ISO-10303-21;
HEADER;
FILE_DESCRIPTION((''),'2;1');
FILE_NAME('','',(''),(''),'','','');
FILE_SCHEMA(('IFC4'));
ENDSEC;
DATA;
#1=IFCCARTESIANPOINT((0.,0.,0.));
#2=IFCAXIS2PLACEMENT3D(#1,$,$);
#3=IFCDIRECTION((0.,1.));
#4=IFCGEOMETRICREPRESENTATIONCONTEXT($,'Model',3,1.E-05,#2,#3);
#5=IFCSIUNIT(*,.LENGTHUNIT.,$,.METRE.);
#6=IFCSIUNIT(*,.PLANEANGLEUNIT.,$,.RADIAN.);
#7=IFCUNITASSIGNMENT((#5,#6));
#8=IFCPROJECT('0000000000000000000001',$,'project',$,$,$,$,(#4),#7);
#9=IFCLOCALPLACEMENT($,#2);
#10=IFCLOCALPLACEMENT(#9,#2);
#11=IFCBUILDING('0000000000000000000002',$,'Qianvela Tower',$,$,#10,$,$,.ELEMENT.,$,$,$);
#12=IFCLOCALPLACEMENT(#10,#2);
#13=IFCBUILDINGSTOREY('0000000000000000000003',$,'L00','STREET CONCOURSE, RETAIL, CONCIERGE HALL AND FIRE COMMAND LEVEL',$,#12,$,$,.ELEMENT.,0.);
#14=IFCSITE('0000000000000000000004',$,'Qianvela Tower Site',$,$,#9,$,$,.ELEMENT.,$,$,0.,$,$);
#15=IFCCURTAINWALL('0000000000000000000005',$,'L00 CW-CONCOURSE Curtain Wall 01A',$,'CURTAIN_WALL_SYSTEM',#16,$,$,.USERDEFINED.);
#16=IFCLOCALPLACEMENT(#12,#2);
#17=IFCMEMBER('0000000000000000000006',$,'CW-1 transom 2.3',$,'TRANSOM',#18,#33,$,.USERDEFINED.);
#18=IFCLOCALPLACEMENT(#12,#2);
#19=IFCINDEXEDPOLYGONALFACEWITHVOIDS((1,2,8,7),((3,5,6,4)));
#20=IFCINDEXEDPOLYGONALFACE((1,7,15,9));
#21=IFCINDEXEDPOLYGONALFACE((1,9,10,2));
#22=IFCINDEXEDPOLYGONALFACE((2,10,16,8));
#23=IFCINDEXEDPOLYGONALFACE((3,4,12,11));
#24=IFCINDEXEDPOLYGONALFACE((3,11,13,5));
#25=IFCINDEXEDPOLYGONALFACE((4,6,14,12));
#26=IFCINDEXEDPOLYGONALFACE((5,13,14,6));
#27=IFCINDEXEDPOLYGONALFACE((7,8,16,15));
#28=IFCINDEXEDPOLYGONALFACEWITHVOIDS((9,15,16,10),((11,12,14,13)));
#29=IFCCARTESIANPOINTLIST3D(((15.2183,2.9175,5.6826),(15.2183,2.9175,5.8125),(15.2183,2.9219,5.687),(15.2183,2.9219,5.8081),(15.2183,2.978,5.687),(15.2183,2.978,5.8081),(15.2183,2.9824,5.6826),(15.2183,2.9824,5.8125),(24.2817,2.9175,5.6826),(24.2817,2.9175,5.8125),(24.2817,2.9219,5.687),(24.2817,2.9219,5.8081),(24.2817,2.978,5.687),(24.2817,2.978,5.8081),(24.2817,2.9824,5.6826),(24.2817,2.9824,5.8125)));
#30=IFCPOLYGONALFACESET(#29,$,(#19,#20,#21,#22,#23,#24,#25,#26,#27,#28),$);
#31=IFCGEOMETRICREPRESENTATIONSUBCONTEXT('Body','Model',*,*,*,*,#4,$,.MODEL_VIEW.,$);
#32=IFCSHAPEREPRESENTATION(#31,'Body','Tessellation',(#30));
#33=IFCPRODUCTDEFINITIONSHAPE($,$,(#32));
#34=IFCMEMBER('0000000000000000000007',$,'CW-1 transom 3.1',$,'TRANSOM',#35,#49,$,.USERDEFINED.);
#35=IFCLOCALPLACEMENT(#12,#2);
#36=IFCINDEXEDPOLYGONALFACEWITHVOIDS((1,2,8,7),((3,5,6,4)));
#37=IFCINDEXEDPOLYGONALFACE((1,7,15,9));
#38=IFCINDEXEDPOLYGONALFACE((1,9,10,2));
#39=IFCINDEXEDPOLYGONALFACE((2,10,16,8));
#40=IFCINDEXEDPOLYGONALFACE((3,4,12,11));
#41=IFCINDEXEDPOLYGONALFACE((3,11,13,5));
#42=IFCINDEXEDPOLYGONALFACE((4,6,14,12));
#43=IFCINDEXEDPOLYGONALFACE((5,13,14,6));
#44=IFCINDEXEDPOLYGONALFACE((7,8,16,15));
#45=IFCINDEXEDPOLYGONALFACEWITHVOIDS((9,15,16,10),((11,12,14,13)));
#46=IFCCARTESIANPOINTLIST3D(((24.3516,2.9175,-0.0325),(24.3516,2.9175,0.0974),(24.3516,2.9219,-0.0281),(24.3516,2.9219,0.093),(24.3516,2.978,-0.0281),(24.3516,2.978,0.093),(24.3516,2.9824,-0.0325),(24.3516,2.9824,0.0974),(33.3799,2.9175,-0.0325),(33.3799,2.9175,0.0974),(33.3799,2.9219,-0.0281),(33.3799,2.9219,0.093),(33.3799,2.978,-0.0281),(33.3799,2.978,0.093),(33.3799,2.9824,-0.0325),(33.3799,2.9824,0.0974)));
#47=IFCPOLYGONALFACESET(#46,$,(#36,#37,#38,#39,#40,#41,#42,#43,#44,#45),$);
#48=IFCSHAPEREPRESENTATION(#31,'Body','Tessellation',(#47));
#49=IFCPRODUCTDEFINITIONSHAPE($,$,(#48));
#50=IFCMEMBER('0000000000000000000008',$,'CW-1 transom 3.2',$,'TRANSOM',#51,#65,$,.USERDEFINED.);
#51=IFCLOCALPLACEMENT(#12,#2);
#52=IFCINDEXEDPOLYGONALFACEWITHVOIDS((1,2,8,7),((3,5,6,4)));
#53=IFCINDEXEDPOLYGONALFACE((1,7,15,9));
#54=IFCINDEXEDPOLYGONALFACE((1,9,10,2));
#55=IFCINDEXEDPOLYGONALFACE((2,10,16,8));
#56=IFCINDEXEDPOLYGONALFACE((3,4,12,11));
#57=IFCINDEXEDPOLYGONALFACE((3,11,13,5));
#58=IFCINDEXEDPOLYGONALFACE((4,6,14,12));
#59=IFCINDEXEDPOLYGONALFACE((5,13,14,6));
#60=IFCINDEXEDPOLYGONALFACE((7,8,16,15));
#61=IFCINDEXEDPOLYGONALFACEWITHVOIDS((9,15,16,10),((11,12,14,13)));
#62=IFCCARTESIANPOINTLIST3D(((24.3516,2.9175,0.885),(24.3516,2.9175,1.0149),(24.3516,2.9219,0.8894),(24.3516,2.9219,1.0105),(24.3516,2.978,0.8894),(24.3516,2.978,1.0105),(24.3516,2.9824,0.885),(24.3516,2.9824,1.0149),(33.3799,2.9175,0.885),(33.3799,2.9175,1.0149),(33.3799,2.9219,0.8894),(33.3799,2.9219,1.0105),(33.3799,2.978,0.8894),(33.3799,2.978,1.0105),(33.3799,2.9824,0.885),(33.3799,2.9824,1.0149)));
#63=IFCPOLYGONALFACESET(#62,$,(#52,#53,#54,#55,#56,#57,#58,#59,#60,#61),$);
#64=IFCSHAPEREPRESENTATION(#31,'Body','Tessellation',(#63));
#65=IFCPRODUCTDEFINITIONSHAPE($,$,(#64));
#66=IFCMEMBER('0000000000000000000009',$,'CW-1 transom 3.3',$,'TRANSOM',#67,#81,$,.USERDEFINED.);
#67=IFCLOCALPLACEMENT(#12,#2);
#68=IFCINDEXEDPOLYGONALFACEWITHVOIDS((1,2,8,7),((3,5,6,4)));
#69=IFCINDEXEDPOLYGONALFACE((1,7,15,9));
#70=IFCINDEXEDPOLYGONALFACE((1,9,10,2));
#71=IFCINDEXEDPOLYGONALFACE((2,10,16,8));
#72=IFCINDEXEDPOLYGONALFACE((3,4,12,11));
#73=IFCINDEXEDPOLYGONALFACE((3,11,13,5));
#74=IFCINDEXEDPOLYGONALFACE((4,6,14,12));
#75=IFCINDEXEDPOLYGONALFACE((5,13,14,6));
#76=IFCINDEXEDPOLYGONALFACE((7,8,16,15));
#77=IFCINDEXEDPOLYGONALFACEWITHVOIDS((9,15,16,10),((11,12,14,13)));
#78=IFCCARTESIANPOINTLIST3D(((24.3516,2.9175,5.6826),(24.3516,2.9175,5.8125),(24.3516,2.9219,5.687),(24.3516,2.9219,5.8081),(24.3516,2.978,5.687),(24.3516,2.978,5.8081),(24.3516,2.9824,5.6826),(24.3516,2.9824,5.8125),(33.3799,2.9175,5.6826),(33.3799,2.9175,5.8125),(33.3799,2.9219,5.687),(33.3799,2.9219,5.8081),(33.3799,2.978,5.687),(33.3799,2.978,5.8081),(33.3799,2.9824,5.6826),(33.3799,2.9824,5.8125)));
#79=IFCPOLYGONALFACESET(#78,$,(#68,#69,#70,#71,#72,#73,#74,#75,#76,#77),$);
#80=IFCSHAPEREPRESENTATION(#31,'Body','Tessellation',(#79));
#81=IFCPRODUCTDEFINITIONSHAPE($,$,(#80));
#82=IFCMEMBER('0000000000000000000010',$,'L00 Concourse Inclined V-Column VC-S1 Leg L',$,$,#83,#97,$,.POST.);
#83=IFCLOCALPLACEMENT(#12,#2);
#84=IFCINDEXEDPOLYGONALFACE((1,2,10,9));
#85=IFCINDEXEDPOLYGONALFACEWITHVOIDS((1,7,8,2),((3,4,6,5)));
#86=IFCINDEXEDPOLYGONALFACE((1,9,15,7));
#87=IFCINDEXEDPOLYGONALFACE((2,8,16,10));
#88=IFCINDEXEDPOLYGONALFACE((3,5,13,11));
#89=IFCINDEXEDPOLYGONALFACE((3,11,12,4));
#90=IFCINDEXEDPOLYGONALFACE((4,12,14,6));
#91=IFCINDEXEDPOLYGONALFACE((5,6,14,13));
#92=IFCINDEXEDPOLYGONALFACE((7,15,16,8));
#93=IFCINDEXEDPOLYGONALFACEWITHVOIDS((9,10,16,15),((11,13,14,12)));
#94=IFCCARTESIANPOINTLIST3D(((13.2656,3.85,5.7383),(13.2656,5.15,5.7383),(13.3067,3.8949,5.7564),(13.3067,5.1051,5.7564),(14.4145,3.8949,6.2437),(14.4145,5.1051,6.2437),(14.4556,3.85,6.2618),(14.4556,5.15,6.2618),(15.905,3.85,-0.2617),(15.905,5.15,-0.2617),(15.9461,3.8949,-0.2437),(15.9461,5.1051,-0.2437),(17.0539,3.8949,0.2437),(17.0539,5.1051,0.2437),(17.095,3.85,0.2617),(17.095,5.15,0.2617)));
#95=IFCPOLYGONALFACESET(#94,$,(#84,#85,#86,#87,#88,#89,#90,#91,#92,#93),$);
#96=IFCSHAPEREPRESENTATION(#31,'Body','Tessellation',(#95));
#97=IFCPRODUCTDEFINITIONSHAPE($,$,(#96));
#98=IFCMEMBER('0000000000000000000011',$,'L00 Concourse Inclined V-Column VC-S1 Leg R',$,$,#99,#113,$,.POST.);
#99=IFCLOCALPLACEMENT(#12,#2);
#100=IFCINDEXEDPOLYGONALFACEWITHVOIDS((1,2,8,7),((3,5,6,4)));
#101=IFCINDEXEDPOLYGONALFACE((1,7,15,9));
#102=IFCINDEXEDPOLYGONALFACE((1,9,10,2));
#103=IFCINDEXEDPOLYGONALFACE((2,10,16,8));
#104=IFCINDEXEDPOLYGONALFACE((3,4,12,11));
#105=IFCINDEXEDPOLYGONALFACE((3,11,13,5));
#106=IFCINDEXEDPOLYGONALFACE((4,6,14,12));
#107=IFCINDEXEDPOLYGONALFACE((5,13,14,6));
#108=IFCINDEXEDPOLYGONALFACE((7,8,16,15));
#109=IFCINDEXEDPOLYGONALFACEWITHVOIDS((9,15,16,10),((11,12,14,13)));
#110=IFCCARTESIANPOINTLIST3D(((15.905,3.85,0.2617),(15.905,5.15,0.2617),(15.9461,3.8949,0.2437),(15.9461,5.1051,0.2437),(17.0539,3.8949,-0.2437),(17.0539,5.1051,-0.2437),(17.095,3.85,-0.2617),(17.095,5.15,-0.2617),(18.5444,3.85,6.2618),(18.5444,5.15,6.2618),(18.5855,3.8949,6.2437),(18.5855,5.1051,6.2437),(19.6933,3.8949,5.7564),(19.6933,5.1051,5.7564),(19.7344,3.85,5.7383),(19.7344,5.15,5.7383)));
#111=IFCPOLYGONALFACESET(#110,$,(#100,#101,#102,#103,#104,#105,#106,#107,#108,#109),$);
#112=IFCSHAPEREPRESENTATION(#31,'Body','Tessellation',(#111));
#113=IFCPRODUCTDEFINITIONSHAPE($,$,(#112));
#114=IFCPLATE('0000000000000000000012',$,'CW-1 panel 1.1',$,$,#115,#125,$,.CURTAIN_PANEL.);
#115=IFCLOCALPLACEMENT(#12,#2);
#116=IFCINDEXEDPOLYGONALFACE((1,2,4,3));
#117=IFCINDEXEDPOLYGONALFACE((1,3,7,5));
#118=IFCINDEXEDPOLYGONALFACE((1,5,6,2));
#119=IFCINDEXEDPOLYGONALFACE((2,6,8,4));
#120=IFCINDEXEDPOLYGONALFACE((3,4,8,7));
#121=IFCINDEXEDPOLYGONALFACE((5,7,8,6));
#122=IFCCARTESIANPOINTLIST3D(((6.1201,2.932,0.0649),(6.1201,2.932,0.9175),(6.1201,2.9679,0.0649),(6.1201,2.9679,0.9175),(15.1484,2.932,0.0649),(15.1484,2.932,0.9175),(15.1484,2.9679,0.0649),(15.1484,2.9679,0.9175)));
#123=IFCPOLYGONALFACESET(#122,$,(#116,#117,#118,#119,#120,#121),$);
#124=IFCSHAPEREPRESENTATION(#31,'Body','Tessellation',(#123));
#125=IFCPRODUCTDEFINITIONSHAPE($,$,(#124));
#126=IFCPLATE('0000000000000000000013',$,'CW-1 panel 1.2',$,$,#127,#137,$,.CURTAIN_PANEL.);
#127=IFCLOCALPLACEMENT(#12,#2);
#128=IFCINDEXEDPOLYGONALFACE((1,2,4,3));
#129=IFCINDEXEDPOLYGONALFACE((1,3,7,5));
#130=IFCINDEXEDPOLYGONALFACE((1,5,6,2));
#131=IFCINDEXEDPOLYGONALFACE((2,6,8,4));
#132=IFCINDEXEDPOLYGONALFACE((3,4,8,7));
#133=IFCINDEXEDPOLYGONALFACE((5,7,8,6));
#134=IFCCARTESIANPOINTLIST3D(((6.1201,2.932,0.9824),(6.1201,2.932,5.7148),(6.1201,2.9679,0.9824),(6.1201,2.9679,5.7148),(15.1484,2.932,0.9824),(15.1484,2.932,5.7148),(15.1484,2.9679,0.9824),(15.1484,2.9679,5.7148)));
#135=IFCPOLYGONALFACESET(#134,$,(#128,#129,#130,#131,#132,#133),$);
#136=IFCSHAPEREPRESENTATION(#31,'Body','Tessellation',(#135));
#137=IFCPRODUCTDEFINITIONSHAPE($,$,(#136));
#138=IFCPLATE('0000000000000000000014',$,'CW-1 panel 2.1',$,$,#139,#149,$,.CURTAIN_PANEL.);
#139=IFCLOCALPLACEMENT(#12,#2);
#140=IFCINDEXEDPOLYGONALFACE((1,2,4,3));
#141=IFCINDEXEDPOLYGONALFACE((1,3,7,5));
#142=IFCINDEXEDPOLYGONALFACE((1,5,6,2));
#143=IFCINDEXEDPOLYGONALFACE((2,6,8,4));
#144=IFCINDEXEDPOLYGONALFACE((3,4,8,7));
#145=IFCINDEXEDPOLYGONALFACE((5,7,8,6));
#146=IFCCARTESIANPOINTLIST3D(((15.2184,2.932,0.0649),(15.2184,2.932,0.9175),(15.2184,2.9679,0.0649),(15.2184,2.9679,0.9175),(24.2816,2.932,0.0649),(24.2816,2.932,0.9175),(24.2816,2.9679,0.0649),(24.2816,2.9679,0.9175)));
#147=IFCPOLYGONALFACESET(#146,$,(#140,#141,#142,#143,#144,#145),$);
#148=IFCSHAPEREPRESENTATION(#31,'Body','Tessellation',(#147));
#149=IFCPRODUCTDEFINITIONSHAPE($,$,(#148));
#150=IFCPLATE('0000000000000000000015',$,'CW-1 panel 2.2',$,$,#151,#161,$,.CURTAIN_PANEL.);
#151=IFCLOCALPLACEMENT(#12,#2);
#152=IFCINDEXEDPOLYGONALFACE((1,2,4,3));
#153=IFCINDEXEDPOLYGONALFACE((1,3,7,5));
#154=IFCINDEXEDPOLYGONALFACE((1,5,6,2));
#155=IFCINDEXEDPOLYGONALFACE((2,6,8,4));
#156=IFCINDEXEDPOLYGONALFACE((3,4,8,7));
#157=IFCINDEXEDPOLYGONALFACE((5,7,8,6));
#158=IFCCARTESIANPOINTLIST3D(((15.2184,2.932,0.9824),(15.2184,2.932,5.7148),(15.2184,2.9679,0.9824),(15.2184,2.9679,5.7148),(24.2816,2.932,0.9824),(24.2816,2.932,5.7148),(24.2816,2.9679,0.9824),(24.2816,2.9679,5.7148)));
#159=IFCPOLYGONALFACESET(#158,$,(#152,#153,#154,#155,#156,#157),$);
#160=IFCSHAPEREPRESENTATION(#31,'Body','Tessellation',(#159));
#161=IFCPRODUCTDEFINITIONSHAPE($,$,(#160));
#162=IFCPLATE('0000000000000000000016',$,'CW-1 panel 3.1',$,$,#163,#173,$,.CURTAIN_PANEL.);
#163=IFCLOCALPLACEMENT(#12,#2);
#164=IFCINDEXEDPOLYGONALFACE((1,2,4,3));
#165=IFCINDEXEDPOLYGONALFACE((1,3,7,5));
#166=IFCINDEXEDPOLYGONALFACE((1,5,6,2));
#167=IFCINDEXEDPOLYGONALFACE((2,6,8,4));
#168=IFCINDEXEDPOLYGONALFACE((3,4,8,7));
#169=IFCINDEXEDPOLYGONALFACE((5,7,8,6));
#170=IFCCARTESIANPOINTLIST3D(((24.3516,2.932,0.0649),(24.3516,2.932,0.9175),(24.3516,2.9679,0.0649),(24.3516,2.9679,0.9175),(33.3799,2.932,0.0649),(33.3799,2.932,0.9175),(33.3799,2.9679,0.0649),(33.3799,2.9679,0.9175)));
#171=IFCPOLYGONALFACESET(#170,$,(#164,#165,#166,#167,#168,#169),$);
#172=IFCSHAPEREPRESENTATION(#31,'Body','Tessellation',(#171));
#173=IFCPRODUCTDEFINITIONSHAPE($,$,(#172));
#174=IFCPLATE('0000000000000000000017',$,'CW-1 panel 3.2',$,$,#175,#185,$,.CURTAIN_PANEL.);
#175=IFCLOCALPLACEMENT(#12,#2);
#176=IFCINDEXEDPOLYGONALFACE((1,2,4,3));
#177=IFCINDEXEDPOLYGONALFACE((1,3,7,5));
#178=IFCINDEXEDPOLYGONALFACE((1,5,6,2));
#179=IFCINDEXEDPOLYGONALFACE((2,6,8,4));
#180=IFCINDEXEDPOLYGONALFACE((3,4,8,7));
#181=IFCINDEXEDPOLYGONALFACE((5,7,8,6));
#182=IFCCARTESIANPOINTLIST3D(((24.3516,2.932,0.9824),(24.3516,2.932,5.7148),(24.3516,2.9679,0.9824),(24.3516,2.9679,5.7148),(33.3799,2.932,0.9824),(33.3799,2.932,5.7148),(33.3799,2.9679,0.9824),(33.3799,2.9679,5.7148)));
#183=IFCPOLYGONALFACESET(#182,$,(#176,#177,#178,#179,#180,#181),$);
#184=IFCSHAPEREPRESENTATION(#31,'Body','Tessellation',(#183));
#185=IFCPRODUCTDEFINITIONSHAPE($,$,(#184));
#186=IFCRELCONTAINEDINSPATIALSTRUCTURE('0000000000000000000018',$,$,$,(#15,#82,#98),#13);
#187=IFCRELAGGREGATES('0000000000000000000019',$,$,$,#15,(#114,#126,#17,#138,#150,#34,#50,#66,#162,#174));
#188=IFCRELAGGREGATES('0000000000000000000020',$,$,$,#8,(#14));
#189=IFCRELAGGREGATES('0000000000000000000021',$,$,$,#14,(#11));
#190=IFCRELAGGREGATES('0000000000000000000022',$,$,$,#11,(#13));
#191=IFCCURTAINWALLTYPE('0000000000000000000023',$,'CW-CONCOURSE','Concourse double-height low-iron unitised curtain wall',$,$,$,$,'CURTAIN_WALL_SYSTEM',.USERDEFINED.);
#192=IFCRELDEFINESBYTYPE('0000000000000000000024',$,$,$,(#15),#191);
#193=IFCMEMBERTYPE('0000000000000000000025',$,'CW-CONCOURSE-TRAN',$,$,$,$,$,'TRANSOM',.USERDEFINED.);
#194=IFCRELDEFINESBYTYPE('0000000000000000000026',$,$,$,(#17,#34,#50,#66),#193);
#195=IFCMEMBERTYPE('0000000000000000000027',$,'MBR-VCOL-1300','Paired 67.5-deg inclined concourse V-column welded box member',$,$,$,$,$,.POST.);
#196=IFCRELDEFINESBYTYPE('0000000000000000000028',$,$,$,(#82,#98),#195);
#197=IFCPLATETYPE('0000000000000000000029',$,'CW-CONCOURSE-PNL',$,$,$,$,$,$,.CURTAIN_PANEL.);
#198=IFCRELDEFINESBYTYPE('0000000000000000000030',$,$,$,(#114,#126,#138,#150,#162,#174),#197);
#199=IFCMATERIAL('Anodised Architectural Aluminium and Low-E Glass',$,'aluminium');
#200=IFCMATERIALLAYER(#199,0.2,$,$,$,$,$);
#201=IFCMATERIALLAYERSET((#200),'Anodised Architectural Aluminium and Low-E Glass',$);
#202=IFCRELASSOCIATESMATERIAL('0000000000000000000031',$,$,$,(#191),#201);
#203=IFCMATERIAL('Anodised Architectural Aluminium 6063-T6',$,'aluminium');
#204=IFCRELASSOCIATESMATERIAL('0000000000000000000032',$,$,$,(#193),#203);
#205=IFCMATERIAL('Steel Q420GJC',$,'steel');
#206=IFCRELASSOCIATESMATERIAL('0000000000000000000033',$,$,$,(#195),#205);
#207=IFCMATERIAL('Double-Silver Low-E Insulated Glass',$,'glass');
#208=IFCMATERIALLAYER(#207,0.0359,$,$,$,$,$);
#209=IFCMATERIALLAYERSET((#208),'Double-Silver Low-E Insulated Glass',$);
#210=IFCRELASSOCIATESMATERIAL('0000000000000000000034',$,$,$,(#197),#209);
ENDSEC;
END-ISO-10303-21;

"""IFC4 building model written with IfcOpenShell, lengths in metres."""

from ifc_helpers import new_model, si_unit, direction, frame, origin, origin_2d, place, context, subcontext, project, spatial, rectangle, hollow_rectangle, extrude, material, layer, layer_set, material_profile, profile_set, type_object, element, aggregate, save


model = new_model("IFC4")

# Units and contexts
model_context = context("Model", 3, precision=1e-05, world=origin(), true_north=direction((0.0, 1.0)))
body_context = subcontext(model_context, "Body", "Model", "MODEL_VIEW")
ifc_project = project(units=[si_unit("LENGTHUNIT", "METRE"), si_unit("PLANEANGLEUNIT", "RADIAN")], contexts=[model_context])

# Site, building, storey
site_placement = place(None, origin())
site = spatial("IfcSite", under=ifc_project, at=site_placement, Name="Qianvela Tower Site", CompositionType="ELEMENT", RefElevation=0.0)
building_placement = place(site_placement, origin())
building = spatial("IfcBuilding", under=site, at=building_placement, Name="Qianvela Tower", CompositionType="ELEMENT")
storey_placement = place(building_placement, origin())
storey = spatial("IfcBuildingStorey", under=building, at=storey_placement, Name="L00", Description="STREET CONCOURSE, RETAIL, CONCIERGE HALL AND FIRE COMMAND LEVEL", CompositionType="ELEMENT", Elevation=0.0)

# Curtain wall, members
ifc_material_1 = material(Name="Anodised Architectural Aluminium and Low-E Glass", Category="aluminium")
ifc_layer_1 = layer(ifc_material_1, 0.2)
ifc_layer_set_1 = layer_set([ifc_layer_1], Name="Anodised Architectural Aluminium and Low-E Glass")
curtain_wall_type = type_object("IfcCurtainWallType", Name="CW-CONCOURSE", Description="Concourse double-height low-iron unitised curtain wall", ElementType="CURTAIN_WALL_SYSTEM", PredefinedType="USERDEFINED", material=ifc_layer_set_1)
curtain_wall_placement = place(storey_placement, origin())
curtain_wall = element("IfcCurtainWall", 1, at=curtain_wall_placement, inside=storey, type_object=curtain_wall_type, Name="L00 CW-CONCOURSE Curtain Wall 01A", ObjectType="CURTAIN_WALL_SYSTEM", PredefinedType="USERDEFINED")
ifc_material_2 = material(Name="Anodised Architectural Aluminium 6063-T6", Category="aluminium")
ifc_material_profile_1 = material_profile(ifc_material_2, hollow_rectangle(XDim=0.0649, YDim=0.1299, WallThickness=0.0044, at=origin_2d()), Name="ALU-TRAN-65x130")
ifc_profile_set_1 = profile_set([ifc_material_profile_1], Name="Anodised Architectural Aluminium 6063-T6")
member_type_1 = type_object("IfcMemberType", Name="CW-CONCOURSE-TRAN", ElementType="TRANSOM", PredefinedType="USERDEFINED", material=ifc_profile_set_1)
member_1_placement = place(storey_placement, frame((15.2183, 2.95, 5.7476), z_axis=(1.0, 0.0, 0.0), x_axis=(0.0, 1.0, 0.0)))
member_1 = element("IfcMember", 2, at=member_1_placement, type_object=member_type_1, Name="CW-1 transom 2.3", ObjectType="TRANSOM", PredefinedType="USERDEFINED", context=body_context, shape_type="SweptSolid", body=[
    extrude(hollow_rectangle(XDim=0.0649, YDim=0.1299, WallThickness=0.0044, at=origin_2d()), origin(), (0.0, 0.0, 1.0), 9.0635),
])
member_2_placement = place(storey_placement, frame((24.3516, 2.95, 0.0325), z_axis=(1.0, 0.0, 0.0), x_axis=(0.0, 1.0, 0.0)))
member_2 = element("IfcMember", 3, at=member_2_placement, type_object=member_type_1, Name="CW-1 transom 3.1", ObjectType="TRANSOM", PredefinedType="USERDEFINED", context=body_context, shape_type="SweptSolid", body=[
    extrude(hollow_rectangle(XDim=0.0649, YDim=0.1299, WallThickness=0.0044, at=origin_2d()), origin(), (0.0, 0.0, 1.0), 9.0283),
])
member_3_placement = place(storey_placement, frame((24.3516, 2.95, 0.95), z_axis=(1.0, 0.0, 0.0), x_axis=(0.0, 1.0, 0.0)))
member_3 = element("IfcMember", 4, at=member_3_placement, type_object=member_type_1, Name="CW-1 transom 3.2", ObjectType="TRANSOM", PredefinedType="USERDEFINED", context=body_context, shape_type="SweptSolid", body=[
    extrude(hollow_rectangle(XDim=0.0649, YDim=0.1299, WallThickness=0.0044, at=origin_2d()), origin(), (0.0, 0.0, 1.0), 9.0283),
])
member_4_placement = place(storey_placement, frame((24.3516, 2.95, 5.7476), z_axis=(1.0, 0.0, 0.0), x_axis=(0.0, 1.0, 0.0)))
member_4 = element("IfcMember", 5, at=member_4_placement, type_object=member_type_1, Name="CW-1 transom 3.3", ObjectType="TRANSOM", PredefinedType="USERDEFINED", context=body_context, shape_type="SweptSolid", body=[
    extrude(hollow_rectangle(XDim=0.0649, YDim=0.1299, WallThickness=0.0044, at=origin_2d()), origin(), (0.0, 0.0, 1.0), 9.0283),
])

# Members
ifc_material_3 = material(Name="Steel Q420GJC", Category="steel")
ifc_material_profile_2 = material_profile(ifc_material_3, hollow_rectangle(XDim=1.3, YDim=1.3, WallThickness=0.0449, at=origin_2d()), Name="VBOX-1300x1300x45")
ifc_profile_set_2 = profile_set([ifc_material_profile_2], Name="Steel Q420GJC")
member_type_2 = type_object("IfcMemberType", Name="MBR-VCOL-1300", Description="Paired 67.5-deg inclined concourse V-column welded box member", PredefinedType="POST", material=ifc_profile_set_2)
for number, where, z_axis, x_axis, name in (
    (6, (16.5, 4.5, 0.0), (-0.402662, 0.0, 0.915349), (0.0, -1.0, 0.0), "L00 Concourse Inclined V-Column VC-S1 Leg L"),
    (7, (16.5, 4.5, 0.0), (0.402662, 0.0, 0.915349), (0.0, 1.0, 0.0), "L00 Concourse Inclined V-Column VC-S1 Leg R"),
):
    element("IfcMember", number, at=place(storey_placement, frame(where, z_axis=z_axis, x_axis=x_axis)), inside=storey, type_object=member_type_2, Name=name, PredefinedType="POST", context=body_context, shape_type="SweptSolid", body=[
        extrude(hollow_rectangle(XDim=1.3, YDim=1.3, WallThickness=0.0449, at=origin_2d()), origin(), (0.0, 0.0, 1.0), 6.5549),
    ])

# Plates
ifc_material_4 = material(Name="Double-Silver Low-E Insulated Glass", Category="glass")
ifc_layer_2 = layer(ifc_material_4, 0.0359)
ifc_layer_set_2 = layer_set([ifc_layer_2], Name="Double-Silver Low-E Insulated Glass")
plate_type_1 = type_object("IfcPlateType", Name="CW-CONCOURSE-PNL", PredefinedType="CURTAIN_PANEL", material=ifc_layer_set_2)
plate_1_placement = place(storey_placement, frame((10.6343, 2.95, 0.0649), z_axis=(0.0, 0.0, 1.0), x_axis=(1.0, 0.0, 0.0)))
plate_1 = element("IfcPlate", 8, at=plate_1_placement, type_object=plate_type_1, Name="CW-1 panel 1.1", PredefinedType="CURTAIN_PANEL", context=body_context, shape_type="SweptSolid", body=[
    extrude(rectangle(XDim=9.0283, YDim=0.0359, at=origin_2d()), origin(), (0.0, 0.0, 1.0), 0.8525),
])
plate_2_placement = place(storey_placement, frame((10.6343, 2.95, 0.9824), z_axis=(0.0, 0.0, 1.0), x_axis=(1.0, 0.0, 0.0)))
plate_2 = element("IfcPlate", 9, at=plate_2_placement, type_object=plate_type_1, Name="CW-1 panel 1.2", PredefinedType="CURTAIN_PANEL", context=body_context, shape_type="SweptSolid", body=[
    extrude(rectangle(XDim=9.0283, YDim=0.0359, at=origin_2d()), origin(), (0.0, 0.0, 1.0), 4.7324),
])
plate_3_placement = place(storey_placement, frame((19.75, 2.95, 0.0649), z_axis=(0.0, 0.0, 1.0), x_axis=(1.0, 0.0, 0.0)))
plate_3 = element("IfcPlate", 10, at=plate_3_placement, type_object=plate_type_1, Name="CW-1 panel 2.1", PredefinedType="CURTAIN_PANEL", context=body_context, shape_type="SweptSolid", body=[
    extrude(rectangle(XDim=9.0632, YDim=0.0359, at=origin_2d()), origin(), (0.0, 0.0, 1.0), 0.8525),
])
plate_4_placement = place(storey_placement, frame((19.75, 2.95, 0.9824), z_axis=(0.0, 0.0, 1.0), x_axis=(1.0, 0.0, 0.0)))
plate_4 = element("IfcPlate", 11, at=plate_4_placement, type_object=plate_type_1, Name="CW-1 panel 2.2", PredefinedType="CURTAIN_PANEL", context=body_context, shape_type="SweptSolid", body=[
    extrude(rectangle(XDim=9.0632, YDim=0.0359, at=origin_2d()), origin(), (0.0, 0.0, 1.0), 4.7324),
])
plate_5_placement = place(storey_placement, frame((28.8657, 2.95, 0.0649), z_axis=(0.0, 0.0, 1.0), x_axis=(1.0, 0.0, 0.0)))
plate_5 = element("IfcPlate", 12, at=plate_5_placement, type_object=plate_type_1, Name="CW-1 panel 3.1", PredefinedType="CURTAIN_PANEL", context=body_context, shape_type="SweptSolid", body=[
    extrude(rectangle(XDim=9.0283, YDim=0.0359, at=origin_2d()), origin(), (0.0, 0.0, 1.0), 0.8525),
])
plate_6_placement = place(storey_placement, frame((28.8657, 2.95, 0.9824), z_axis=(0.0, 0.0, 1.0), x_axis=(1.0, 0.0, 0.0)))
plate_6 = element("IfcPlate", 13, at=plate_6_placement, type_object=plate_type_1, Name="CW-1 panel 3.2", PredefinedType="CURTAIN_PANEL", context=body_context, shape_type="SweptSolid", body=[
    extrude(rectangle(XDim=9.0283, YDim=0.0359, at=origin_2d()), origin(), (0.0, 0.0, 1.0), 4.7324),
])
aggregate(curtain_wall, [plate_1, plate_2, member_1, plate_3, plate_4, member_2, member_3, member_4, plate_5, plate_6])

save(model, "model.ifc")
